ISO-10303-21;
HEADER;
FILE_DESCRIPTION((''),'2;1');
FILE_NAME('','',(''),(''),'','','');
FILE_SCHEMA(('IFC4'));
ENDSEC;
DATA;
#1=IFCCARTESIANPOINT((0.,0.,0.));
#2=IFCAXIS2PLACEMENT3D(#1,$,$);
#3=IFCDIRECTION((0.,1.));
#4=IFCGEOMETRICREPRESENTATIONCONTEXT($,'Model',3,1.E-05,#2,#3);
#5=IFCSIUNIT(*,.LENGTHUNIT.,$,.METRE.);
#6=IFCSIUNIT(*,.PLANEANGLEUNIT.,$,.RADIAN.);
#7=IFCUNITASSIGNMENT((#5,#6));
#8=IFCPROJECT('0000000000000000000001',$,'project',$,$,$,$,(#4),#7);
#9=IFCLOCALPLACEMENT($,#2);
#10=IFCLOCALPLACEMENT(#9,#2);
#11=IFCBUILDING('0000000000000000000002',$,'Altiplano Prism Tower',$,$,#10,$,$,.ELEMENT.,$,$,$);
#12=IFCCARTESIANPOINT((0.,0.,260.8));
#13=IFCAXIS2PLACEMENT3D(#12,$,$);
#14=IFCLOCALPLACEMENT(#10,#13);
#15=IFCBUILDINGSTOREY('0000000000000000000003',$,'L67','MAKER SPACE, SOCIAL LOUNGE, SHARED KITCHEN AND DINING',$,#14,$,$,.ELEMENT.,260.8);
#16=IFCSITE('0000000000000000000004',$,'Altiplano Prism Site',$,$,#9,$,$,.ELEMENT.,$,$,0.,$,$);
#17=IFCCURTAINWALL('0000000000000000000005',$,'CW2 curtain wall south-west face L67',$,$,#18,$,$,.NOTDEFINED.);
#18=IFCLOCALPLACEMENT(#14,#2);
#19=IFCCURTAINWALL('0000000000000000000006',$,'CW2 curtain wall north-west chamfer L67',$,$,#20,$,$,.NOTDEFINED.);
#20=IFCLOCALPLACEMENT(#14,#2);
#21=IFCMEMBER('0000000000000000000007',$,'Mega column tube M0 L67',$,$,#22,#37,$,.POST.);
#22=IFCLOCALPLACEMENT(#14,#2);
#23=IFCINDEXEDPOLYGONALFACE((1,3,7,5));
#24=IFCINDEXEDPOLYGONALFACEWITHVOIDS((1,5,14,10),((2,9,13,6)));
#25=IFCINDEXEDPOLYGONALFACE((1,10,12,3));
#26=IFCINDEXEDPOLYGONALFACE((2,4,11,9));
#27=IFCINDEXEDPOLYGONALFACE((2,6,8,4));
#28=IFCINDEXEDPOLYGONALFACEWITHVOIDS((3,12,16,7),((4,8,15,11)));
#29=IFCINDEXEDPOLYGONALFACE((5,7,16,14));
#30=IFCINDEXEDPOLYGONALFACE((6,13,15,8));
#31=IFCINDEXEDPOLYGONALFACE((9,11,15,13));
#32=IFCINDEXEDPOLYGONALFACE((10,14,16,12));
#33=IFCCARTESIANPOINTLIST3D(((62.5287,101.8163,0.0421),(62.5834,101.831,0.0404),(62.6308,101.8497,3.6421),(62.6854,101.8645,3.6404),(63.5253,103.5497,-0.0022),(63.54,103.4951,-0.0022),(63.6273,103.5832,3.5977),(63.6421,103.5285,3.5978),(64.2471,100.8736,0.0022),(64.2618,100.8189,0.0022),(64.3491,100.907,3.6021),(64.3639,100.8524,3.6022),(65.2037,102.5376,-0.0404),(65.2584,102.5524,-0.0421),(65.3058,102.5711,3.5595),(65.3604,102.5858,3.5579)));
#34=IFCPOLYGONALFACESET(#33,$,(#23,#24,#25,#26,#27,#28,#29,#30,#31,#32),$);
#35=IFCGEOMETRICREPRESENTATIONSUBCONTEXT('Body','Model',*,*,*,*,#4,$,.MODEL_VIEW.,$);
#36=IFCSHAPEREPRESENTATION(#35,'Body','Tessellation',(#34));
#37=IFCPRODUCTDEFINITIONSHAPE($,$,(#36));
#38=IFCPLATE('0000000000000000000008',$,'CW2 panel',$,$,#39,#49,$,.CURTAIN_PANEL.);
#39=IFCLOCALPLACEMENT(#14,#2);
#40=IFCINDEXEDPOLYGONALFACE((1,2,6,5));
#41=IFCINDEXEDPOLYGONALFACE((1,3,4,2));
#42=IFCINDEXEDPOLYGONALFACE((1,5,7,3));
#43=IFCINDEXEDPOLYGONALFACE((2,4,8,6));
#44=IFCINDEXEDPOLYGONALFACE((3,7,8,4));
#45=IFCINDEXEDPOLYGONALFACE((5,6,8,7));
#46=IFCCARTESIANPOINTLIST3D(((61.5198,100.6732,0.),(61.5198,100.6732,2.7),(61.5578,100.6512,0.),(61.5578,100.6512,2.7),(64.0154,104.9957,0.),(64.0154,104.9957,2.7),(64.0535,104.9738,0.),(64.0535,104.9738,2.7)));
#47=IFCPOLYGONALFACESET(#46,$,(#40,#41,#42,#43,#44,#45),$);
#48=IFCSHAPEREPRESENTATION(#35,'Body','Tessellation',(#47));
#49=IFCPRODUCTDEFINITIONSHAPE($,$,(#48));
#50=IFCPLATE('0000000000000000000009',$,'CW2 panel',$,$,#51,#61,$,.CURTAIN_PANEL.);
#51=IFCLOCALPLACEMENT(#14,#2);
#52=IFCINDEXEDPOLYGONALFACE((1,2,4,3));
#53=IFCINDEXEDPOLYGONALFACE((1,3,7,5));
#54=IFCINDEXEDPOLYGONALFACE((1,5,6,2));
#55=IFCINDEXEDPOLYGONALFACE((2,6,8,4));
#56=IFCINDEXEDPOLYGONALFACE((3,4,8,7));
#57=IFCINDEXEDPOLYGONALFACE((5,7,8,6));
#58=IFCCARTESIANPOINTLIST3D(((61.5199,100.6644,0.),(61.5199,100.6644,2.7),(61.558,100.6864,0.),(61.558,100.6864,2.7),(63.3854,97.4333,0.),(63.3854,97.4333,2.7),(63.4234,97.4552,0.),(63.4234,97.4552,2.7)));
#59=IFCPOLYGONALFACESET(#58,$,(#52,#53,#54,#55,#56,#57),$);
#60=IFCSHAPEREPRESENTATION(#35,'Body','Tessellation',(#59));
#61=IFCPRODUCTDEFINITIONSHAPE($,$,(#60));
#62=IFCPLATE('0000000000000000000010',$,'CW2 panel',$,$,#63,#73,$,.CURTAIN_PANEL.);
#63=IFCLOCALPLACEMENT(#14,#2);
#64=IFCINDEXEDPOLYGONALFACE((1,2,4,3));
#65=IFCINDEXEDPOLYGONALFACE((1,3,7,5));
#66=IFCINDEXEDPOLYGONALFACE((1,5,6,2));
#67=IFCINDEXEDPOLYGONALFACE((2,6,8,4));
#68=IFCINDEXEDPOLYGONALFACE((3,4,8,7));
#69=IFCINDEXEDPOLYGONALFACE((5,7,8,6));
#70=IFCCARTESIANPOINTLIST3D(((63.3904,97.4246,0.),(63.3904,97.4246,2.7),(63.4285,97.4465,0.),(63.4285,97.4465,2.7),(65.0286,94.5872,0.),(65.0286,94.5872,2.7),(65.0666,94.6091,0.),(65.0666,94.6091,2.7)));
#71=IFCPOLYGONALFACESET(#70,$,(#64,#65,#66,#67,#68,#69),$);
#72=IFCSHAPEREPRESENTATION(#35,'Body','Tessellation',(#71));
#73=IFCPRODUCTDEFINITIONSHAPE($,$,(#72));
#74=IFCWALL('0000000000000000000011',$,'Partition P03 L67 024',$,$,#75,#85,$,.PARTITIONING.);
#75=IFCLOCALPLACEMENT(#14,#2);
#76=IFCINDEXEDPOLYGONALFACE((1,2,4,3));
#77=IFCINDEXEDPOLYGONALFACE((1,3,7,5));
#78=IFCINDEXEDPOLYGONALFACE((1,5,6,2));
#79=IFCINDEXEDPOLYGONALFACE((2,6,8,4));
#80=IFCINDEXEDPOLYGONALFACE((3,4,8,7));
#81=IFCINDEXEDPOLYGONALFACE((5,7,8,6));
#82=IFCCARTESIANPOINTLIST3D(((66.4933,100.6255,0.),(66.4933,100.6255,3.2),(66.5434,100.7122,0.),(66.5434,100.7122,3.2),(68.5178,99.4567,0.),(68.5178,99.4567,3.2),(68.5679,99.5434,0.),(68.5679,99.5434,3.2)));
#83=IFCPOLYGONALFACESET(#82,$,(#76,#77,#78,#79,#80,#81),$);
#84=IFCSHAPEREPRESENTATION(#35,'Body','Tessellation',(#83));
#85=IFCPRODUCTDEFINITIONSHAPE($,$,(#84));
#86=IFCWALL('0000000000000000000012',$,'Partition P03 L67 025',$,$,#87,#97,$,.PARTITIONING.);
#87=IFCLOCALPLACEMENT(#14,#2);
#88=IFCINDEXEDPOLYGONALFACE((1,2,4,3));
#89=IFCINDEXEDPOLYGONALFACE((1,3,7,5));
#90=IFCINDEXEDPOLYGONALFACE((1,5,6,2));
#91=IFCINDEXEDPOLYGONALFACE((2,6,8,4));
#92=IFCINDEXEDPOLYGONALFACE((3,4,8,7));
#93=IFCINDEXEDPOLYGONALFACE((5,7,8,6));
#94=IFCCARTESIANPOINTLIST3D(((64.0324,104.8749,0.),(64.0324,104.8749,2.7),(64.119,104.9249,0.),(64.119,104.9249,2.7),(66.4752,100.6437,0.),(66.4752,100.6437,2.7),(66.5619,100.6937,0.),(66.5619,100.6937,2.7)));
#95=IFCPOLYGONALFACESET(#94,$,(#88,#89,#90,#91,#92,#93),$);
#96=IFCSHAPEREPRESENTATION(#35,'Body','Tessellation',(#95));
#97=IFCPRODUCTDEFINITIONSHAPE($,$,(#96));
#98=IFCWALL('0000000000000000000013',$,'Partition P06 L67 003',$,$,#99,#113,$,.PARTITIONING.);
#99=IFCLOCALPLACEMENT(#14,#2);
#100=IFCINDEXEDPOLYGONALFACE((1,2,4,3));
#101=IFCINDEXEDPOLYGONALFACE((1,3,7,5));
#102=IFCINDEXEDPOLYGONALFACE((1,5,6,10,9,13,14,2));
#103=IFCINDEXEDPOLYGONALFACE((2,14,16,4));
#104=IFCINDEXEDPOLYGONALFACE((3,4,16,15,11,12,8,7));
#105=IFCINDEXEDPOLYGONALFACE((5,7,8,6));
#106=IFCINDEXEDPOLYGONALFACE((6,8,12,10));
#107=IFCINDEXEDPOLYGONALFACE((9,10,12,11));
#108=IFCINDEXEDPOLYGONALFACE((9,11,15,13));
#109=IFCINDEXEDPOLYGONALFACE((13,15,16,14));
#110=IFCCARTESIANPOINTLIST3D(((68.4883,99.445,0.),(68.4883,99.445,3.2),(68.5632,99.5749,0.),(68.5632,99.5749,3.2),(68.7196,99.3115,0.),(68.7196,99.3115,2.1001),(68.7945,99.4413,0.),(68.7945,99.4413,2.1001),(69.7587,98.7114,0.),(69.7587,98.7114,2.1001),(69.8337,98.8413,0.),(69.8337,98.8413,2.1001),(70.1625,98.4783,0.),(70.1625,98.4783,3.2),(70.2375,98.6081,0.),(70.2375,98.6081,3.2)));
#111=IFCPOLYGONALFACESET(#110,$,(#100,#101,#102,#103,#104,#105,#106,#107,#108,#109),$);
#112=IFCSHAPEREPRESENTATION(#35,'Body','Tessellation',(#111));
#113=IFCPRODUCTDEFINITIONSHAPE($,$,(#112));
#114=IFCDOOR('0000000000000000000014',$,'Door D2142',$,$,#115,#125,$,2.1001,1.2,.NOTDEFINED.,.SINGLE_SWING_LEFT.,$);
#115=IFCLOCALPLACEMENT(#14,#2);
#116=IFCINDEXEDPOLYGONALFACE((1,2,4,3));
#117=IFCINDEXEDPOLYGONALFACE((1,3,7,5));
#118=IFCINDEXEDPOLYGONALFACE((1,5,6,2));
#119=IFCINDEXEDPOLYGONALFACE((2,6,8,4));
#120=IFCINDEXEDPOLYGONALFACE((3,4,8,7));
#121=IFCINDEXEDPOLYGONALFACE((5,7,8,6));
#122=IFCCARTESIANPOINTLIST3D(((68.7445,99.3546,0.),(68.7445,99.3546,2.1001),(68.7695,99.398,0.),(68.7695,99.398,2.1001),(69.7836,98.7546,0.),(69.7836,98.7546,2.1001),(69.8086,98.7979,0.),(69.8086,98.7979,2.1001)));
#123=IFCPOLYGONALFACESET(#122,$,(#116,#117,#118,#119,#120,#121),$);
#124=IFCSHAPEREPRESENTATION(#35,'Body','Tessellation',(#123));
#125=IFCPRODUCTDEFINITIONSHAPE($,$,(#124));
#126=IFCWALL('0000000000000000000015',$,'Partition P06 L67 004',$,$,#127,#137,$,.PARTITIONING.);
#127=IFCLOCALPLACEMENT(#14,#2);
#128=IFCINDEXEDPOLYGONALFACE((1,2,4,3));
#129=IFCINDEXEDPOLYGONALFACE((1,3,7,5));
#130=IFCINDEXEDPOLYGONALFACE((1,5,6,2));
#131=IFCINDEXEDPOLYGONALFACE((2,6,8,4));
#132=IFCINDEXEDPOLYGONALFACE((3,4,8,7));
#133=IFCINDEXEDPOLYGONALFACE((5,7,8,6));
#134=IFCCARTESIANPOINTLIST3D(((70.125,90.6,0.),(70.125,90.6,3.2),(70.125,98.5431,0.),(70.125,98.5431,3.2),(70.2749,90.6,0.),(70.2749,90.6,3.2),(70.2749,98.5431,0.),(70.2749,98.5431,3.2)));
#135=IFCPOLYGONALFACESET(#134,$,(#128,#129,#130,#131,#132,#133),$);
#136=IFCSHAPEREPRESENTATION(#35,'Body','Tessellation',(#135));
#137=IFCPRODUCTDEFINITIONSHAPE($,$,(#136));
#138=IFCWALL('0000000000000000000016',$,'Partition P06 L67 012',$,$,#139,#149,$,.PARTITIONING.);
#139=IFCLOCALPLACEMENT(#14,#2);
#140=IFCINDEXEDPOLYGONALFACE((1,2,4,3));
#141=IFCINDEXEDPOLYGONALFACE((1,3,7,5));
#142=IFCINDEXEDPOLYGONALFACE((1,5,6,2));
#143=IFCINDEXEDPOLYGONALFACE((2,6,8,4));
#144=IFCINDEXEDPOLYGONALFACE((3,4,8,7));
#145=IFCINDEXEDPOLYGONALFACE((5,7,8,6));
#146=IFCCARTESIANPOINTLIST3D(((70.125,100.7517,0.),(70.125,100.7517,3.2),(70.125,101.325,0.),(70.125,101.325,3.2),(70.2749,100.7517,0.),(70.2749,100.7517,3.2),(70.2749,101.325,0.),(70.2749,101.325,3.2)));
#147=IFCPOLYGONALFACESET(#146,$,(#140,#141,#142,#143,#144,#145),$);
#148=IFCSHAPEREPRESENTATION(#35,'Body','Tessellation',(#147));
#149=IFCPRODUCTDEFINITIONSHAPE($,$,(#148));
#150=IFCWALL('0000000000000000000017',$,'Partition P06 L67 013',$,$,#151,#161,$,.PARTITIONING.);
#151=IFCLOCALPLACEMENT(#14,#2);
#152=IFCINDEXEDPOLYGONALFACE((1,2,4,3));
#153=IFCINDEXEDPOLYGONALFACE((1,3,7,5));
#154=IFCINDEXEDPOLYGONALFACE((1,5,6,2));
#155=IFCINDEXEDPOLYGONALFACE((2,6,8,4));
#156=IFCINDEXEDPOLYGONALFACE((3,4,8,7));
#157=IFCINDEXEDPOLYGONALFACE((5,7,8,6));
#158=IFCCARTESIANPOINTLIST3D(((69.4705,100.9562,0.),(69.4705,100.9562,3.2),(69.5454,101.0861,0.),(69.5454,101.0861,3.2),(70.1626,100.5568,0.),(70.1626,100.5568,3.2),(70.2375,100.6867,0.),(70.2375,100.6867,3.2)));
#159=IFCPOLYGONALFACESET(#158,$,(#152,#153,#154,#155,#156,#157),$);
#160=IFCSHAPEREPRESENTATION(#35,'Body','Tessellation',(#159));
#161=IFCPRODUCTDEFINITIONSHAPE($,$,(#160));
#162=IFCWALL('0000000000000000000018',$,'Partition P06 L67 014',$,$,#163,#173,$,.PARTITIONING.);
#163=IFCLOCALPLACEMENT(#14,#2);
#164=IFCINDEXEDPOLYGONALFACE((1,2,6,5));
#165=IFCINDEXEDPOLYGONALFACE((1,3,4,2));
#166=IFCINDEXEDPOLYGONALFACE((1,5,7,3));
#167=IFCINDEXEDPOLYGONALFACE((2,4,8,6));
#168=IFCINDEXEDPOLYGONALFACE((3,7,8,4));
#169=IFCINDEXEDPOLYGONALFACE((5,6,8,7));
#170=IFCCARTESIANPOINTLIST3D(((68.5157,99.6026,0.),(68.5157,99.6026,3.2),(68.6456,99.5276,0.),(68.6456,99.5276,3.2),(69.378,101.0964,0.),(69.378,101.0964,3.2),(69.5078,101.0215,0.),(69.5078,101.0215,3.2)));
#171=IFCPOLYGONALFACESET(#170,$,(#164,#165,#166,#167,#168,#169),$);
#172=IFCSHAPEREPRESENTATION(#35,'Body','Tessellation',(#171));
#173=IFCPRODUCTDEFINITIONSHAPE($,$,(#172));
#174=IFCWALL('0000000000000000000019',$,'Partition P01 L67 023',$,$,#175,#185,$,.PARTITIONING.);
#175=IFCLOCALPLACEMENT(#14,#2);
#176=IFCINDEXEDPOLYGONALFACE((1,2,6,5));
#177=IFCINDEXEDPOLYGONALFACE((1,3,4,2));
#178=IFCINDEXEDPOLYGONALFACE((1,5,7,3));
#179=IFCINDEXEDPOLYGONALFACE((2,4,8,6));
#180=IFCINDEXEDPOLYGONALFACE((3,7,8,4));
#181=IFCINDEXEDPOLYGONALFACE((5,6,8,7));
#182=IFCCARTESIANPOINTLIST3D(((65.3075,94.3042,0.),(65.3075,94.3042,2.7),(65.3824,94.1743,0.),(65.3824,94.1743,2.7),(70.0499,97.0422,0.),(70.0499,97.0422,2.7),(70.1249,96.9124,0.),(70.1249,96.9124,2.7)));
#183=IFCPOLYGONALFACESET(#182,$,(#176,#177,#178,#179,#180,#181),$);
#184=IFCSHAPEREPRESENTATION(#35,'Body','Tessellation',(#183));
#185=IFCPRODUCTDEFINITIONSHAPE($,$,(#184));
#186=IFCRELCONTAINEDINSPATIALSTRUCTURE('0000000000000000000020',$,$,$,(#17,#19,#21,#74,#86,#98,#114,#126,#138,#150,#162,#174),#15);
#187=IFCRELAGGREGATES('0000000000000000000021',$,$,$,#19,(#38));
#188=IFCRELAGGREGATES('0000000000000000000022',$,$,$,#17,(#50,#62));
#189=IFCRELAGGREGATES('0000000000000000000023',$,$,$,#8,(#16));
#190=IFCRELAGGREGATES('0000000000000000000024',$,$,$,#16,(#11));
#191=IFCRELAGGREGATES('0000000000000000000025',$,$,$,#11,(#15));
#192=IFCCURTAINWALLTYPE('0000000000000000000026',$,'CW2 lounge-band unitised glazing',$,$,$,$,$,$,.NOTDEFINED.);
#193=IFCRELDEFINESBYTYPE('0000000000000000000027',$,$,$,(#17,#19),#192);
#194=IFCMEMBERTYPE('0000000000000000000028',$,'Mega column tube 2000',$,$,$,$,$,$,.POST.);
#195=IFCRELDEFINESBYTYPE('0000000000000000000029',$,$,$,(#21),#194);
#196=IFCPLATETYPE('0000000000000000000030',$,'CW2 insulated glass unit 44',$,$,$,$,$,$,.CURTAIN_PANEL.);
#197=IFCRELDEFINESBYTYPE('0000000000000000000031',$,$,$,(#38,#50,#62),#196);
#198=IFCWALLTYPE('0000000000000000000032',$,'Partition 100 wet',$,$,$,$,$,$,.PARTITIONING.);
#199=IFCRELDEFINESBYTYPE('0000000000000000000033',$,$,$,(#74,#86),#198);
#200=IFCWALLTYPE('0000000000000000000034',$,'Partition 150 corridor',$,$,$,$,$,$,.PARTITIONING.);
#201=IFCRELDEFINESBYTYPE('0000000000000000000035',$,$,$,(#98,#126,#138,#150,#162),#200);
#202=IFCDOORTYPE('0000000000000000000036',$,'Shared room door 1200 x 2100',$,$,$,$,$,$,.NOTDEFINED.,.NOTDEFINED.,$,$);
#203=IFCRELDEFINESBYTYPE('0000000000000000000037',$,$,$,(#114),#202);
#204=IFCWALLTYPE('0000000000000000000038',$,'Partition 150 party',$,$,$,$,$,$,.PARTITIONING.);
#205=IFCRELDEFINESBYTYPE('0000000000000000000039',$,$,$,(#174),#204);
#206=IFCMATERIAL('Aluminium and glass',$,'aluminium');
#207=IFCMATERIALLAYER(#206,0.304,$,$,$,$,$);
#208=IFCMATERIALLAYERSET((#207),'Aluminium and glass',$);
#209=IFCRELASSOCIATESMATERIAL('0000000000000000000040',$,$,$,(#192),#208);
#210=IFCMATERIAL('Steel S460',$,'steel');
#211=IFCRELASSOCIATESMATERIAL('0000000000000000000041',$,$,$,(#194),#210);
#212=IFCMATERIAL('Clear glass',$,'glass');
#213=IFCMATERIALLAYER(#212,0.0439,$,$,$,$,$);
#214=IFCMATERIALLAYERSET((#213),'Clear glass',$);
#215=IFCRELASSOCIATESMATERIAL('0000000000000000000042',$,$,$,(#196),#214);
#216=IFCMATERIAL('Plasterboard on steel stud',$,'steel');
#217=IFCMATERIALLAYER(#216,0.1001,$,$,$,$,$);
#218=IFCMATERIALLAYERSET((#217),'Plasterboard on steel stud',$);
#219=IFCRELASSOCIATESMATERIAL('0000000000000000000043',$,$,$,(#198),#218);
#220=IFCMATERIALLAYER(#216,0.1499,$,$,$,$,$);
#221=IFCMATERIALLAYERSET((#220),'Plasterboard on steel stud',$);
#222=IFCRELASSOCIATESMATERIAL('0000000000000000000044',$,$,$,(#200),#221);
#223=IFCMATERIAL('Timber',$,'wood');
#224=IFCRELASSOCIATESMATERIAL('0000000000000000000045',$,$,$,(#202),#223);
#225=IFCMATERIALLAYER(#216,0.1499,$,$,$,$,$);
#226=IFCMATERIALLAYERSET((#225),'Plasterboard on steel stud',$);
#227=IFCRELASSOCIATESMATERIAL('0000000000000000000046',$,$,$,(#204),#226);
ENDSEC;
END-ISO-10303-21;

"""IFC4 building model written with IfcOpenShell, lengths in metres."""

from ifc_helpers import new_model, si_unit, direction, frame, frame_2d, origin, origin_2d, place, context, subcontext, project, spatial, rectangle, hollow_rectangle, extrude, material, layer, layer_set, material_profile, profile_set, type_object, element, fill, aggregate, save


model = new_model("IFC4")

# Units and contexts
model_context = context("Model", 3, precision=1e-05, world=origin(), true_north=direction((0.0, 1.0)))
body_context = subcontext(model_context, "Body", "Model", "MODEL_VIEW")
ifc_project = project(units=[si_unit("LENGTHUNIT", "METRE"), si_unit("PLANEANGLEUNIT", "RADIAN")], contexts=[model_context])

# Site, building, storey
site_placement = place(None, origin())
site = spatial("IfcSite", under=ifc_project, at=site_placement, Name="Altiplano Prism Site", CompositionType="ELEMENT", RefElevation=0.0)
building_placement = place(site_placement, origin())
building = spatial("IfcBuilding", under=site, at=building_placement, Name="Altiplano Prism Tower", CompositionType="ELEMENT")
storey_placement = place(building_placement, frame((0.0, 0.0, 260.8)))
storey = spatial("IfcBuildingStorey", under=building, at=storey_placement, Name="L67", Description="MAKER SPACE, SOCIAL LOUNGE, SHARED KITCHEN AND DINING", CompositionType="ELEMENT", Elevation=260.8)

# Curtain walls
ifc_material_1 = material(Name="Aluminium and glass", Category="aluminium")
ifc_layer_1 = layer(ifc_material_1, 0.304)
ifc_layer_set_1 = layer_set([ifc_layer_1], Name="Aluminium and glass")
curtain_wall_type = type_object("IfcCurtainWallType", Name="CW2 lounge-band unitised glazing", PredefinedType="NOTDEFINED", material=ifc_layer_set_1)
curtain_wall_1_placement = place(storey_placement, origin())
curtain_wall_1 = element("IfcCurtainWall", 1, at=curtain_wall_1_placement, inside=storey, type_object=curtain_wall_type, Name="CW2 curtain wall south-west face L67", PredefinedType="NOTDEFINED")
curtain_wall_2_placement = place(storey_placement, origin())
curtain_wall_2 = element("IfcCurtainWall", 2, at=curtain_wall_2_placement, inside=storey, type_object=curtain_wall_type, Name="CW2 curtain wall north-west chamfer L67", PredefinedType="NOTDEFINED")

# Member
ifc_material_2 = material(Name="Steel S460", Category="steel")
ifc_material_profile_1 = material_profile(ifc_material_2, hollow_rectangle(XDim=2.0, YDim=2.0, WallThickness=0.04, at=origin_2d()), Name="Mega column tube 2000")
ifc_profile_set_1 = profile_set([ifc_material_profile_1], Name="Steel S460")
member_type_1 = type_object("IfcMemberType", Name="Mega column tube 2000", PredefinedType="POST", material=ifc_profile_set_1)
member_1_placement = place(storey_placement, frame((63.8936, 102.1843, 0.0), z_axis=(0.028336, 0.009287, 0.999555), x_axis=(-0.866551, 0.49869, 0.019932)))
element("IfcMember", 3, at=member_1_placement, inside=storey, type_object=member_type_1, Name="Mega column tube M0 L67", PredefinedType="POST", context=body_context, shape_type="SweptSolid", body=[
    extrude(hollow_rectangle(XDim=2.0, YDim=2.0, WallThickness=0.04, at=origin_2d()), origin(), (0.0, 0.0, 1.0), 3.6016),
])

# Plates
ifc_material_3 = material(Name="Clear glass", Category="glass")
ifc_layer_2 = layer(ifc_material_3, 0.0439)
ifc_layer_set_2 = layer_set([ifc_layer_2], Name="Clear glass")
plate_type = type_object("IfcPlateType", Name="CW2 insulated glass unit 44", PredefinedType="CURTAIN_PANEL", material=ifc_layer_set_2)
plate_1_placement = place(storey_placement, frame((62.7866, 102.8235, 0.0), z_axis=(0.0, 0.0, 1.0), x_axis=(-0.5, -0.866025, 0.0)))
plate_1 = element("IfcPlate", 4, at=plate_1_placement, type_object=plate_type, Name="CW2 panel", PredefinedType="CURTAIN_PANEL", context=body_context, shape_type="SweptSolid", body=[
    extrude(rectangle(XDim=4.9912, YDim=0.0439, at=origin_2d()), origin(), (0.0, 0.0, 1.0), 2.7),
])
aggregate(curtain_wall_2, [plate_1])
plate_2_placement = place(storey_placement, frame((62.4717, 99.0598, 0.0), z_axis=(0.0, 0.0, 1.0), x_axis=(0.5, -0.866025, 0.0)))
plate_2 = element("IfcPlate", 5, at=plate_2_placement, type_object=plate_type, Name="CW2 panel", PredefinedType="CURTAIN_PANEL", context=body_context, shape_type="SweptSolid", body=[
    extrude(rectangle(XDim=3.731, YDim=0.0439, at=origin_2d()), origin(), (0.0, 0.0, 1.0), 2.7),
])
plate_3_placement = place(storey_placement, frame((64.2285, 96.0168, 0.0), z_axis=(0.0, 0.0, 1.0), x_axis=(0.5, -0.866025, 0.0)))
plate_3 = element("IfcPlate", 6, at=plate_3_placement, type_object=plate_type, Name="CW2 panel", PredefinedType="CURTAIN_PANEL", context=body_context, shape_type="SweptSolid", body=[
    extrude(rectangle(XDim=3.2764, YDim=0.0439, at=origin_2d()), origin(), (0.0, 0.0, 1.0), 2.7),
])
aggregate(curtain_wall_1, [plate_2, plate_3])

# Walls
ifc_material_4 = material(Name="Plasterboard on steel stud", Category="steel")
ifc_layer_3 = layer(ifc_material_4, 0.1001)
ifc_layer_set_3 = layer_set([ifc_layer_3], Name="Plasterboard on steel stud")
wall_type_1 = type_object("IfcWallType", Name="Partition 100 wet", PredefinedType="PARTITIONING", material=ifc_layer_set_3)
wall_1_placement = place(storey_placement, frame((68.543, 99.5, 0.0), z_axis=(0.0, 0.0, 1.0), x_axis=(-0.866043, 0.49997, 0.0)))
element("IfcWall", 7, at=wall_1_placement, inside=storey, type_object=wall_type_1, Name="Partition P03 L67 024", PredefinedType="PARTITIONING", context=body_context, shape_type="SweptSolid", body=[
    extrude(rectangle(XDim=2.3376, YDim=0.1001, at=frame_2d((1.1689, 0.0))), origin(), (0.0, 0.0, 1.0), 3.2),
])
wall_2_placement = place(storey_placement, frame((66.5186, 100.6687, 0.0), z_axis=(0.0, 0.0, 1.0), x_axis=(-0.499998, 0.866027, 0.0)))
element("IfcWall", 8, at=wall_2_placement, inside=storey, type_object=wall_type_1, Name="Partition P03 L67 025", PredefinedType="PARTITIONING", context=body_context, shape_type="SweptSolid", body=[
    extrude(rectangle(XDim=4.8857, YDim=0.1001, at=frame_2d((2.4429, 0.0))), origin(), (0.0, 0.0, 1.0), 2.7),
])

# Wall, opening, door
ifc_layer_4 = layer(ifc_material_4, 0.1499)
ifc_layer_set_4 = layer_set([ifc_layer_4], Name="Plasterboard on steel stud")
wall_type_2 = type_object("IfcWallType", Name="Partition 150 corridor", PredefinedType="PARTITIONING", material=ifc_layer_set_4)
wall_3_placement = place(storey_placement, frame((68.5256, 99.51, 0.0), z_axis=(0.0, 0.0, 1.0), x_axis=(0.865996, -0.50005, 0.0)))
wall_3 = element("IfcWall", 9, at=wall_3_placement, inside=storey, type_object=wall_type_2, Name="Partition P06 L67 003", PredefinedType="PARTITIONING", context=body_context, shape_type="SweptSolid", body=[
    extrude(rectangle(XDim=1.9333, YDim=0.1499, at=frame_2d((0.9668, 0.0))), origin(), (0.0, 0.0, 1.0), 3.2),
])
opening_placement = place(wall_3_placement, frame((0.2671, 0.0, 0.0)))
opening = element("IfcOpeningElement", 10, at=opening_placement, cuts=wall_3, PredefinedType="OPENING", context=body_context, shape_type="SweptSolid", body=[
    extrude(rectangle(XDim=1.2, YDim=2.1001, at=frame_2d((0.6001, 1.05))), frame((0.0, 0.0854, 0.0), z_axis=(0.0, -1.0, 0.0), x_axis=(1.0, 0.0, 0.0)), (0.0, 0.0, 1.0), 0.1709),
])
ifc_material_5 = material(Name="Timber", Category="wood")
door_type = type_object("IfcDoorType", Name="Shared room door 1200 x 2100", OperationType="NOTDEFINED", PredefinedType="NOTDEFINED", material=ifc_material_5)
door_placement = place(opening_placement, origin())
door = element("IfcDoor", 11, at=door_placement, inside=storey, type_object=door_type, Name="Door D2142", OperationType="SINGLE_SWING_LEFT", OverallHeight=2.1001, OverallWidth=1.2, PredefinedType="NOTDEFINED", context=body_context, shape_type="SweptSolid", body=[
    extrude(rectangle(XDim=1.2, YDim=2.1001, at=frame_2d((0.6001, 1.05))), frame((0.0, 0.0249, 0.0), z_axis=(0.0, -1.0, 0.0), x_axis=(1.0, 0.0, 0.0)), (0.0, 0.0, 1.0), 0.05),
])
fill(opening, door)

# Walls
wall_4_placement = place(storey_placement, frame((70.2, 98.5432, 0.0), z_axis=(0.0, 0.0, 1.0), x_axis=(0.0, -1.0, 0.0)))
element("IfcWall", 12, at=wall_4_placement, inside=storey, type_object=wall_type_2, Name="Partition P06 L67 004", PredefinedType="PARTITIONING", context=body_context, shape_type="SweptSolid", body=[
    extrude(rectangle(XDim=7.9431, YDim=0.1499, at=frame_2d((3.9717, 0.0))), origin(), (0.0, 0.0, 1.0), 3.2),
])
wall_5_placement = place(storey_placement, frame((70.2, 101.325, 0.0), z_axis=(0.0, 0.0, 1.0), x_axis=(0.0, -1.0, 0.0)))
element("IfcWall", 13, at=wall_5_placement, inside=storey, type_object=wall_type_2, Name="Partition P06 L67 012", PredefinedType="PARTITIONING", context=body_context, shape_type="SweptSolid", body=[
    extrude(rectangle(XDim=0.5732, YDim=0.1499, at=frame_2d((0.2866, 0.0))), origin(), (0.0, 0.0, 1.0), 3.2),
])
wall_6_placement = place(storey_placement, frame((70.2, 100.6218, 0.0), z_axis=(0.0, 0.0, 1.0), x_axis=(-0.86613, 0.499819, 0.0)))
element("IfcWall", 14, at=wall_6_placement, inside=storey, type_object=wall_type_2, Name="Partition P06 L67 013", PredefinedType="PARTITIONING", context=body_context, shape_type="SweptSolid", body=[
    extrude(rectangle(XDim=0.7991, YDim=0.1499, at=frame_2d((0.3994, 0.0))), origin(), (0.0, 0.0, 1.0), 3.2),
])
wall_7_placement = place(storey_placement, frame((69.4429, 101.0588, 0.0), z_axis=(0.0, 0.0, 1.0), x_axis=(-0.499914, -0.866075, 0.0)))
element("IfcWall", 15, at=wall_7_placement, inside=storey, type_object=wall_type_2, Name="Partition P06 L67 014", PredefinedType="PARTITIONING", context=body_context, shape_type="SweptSolid", body=[
    extrude(rectangle(XDim=1.7249, YDim=0.1499, at=frame_2d((0.8623, 0.0))), origin(), (0.0, 0.0, 1.0), 3.2),
])
ifc_layer_5 = layer(ifc_material_4, 0.1499)
ifc_layer_set_5 = layer_set([ifc_layer_5], Name="Plasterboard on steel stud")
wall_type_3 = type_object("IfcWallType", Name="Partition 150 party", PredefinedType="PARTITIONING", material=ifc_layer_set_5)
wall_8_placement = place(storey_placement, frame((65.345, 94.2393, 0.0), z_axis=(0.0, 0.0, 1.0), x_axis=(0.866026, 0.499999, 0.0)))
element("IfcWall", 16, at=wall_8_placement, inside=storey, type_object=wall_type_3, Name="Partition P01 L67 023", PredefinedType="PARTITIONING", context=body_context, shape_type="SweptSolid", body=[
    extrude(rectangle(XDim=5.4761, YDim=0.1499, at=frame_2d((2.738, 0.0))), origin(), (0.0, 0.0, 1.0), 2.7),
])

save(model, "model.ifc")
